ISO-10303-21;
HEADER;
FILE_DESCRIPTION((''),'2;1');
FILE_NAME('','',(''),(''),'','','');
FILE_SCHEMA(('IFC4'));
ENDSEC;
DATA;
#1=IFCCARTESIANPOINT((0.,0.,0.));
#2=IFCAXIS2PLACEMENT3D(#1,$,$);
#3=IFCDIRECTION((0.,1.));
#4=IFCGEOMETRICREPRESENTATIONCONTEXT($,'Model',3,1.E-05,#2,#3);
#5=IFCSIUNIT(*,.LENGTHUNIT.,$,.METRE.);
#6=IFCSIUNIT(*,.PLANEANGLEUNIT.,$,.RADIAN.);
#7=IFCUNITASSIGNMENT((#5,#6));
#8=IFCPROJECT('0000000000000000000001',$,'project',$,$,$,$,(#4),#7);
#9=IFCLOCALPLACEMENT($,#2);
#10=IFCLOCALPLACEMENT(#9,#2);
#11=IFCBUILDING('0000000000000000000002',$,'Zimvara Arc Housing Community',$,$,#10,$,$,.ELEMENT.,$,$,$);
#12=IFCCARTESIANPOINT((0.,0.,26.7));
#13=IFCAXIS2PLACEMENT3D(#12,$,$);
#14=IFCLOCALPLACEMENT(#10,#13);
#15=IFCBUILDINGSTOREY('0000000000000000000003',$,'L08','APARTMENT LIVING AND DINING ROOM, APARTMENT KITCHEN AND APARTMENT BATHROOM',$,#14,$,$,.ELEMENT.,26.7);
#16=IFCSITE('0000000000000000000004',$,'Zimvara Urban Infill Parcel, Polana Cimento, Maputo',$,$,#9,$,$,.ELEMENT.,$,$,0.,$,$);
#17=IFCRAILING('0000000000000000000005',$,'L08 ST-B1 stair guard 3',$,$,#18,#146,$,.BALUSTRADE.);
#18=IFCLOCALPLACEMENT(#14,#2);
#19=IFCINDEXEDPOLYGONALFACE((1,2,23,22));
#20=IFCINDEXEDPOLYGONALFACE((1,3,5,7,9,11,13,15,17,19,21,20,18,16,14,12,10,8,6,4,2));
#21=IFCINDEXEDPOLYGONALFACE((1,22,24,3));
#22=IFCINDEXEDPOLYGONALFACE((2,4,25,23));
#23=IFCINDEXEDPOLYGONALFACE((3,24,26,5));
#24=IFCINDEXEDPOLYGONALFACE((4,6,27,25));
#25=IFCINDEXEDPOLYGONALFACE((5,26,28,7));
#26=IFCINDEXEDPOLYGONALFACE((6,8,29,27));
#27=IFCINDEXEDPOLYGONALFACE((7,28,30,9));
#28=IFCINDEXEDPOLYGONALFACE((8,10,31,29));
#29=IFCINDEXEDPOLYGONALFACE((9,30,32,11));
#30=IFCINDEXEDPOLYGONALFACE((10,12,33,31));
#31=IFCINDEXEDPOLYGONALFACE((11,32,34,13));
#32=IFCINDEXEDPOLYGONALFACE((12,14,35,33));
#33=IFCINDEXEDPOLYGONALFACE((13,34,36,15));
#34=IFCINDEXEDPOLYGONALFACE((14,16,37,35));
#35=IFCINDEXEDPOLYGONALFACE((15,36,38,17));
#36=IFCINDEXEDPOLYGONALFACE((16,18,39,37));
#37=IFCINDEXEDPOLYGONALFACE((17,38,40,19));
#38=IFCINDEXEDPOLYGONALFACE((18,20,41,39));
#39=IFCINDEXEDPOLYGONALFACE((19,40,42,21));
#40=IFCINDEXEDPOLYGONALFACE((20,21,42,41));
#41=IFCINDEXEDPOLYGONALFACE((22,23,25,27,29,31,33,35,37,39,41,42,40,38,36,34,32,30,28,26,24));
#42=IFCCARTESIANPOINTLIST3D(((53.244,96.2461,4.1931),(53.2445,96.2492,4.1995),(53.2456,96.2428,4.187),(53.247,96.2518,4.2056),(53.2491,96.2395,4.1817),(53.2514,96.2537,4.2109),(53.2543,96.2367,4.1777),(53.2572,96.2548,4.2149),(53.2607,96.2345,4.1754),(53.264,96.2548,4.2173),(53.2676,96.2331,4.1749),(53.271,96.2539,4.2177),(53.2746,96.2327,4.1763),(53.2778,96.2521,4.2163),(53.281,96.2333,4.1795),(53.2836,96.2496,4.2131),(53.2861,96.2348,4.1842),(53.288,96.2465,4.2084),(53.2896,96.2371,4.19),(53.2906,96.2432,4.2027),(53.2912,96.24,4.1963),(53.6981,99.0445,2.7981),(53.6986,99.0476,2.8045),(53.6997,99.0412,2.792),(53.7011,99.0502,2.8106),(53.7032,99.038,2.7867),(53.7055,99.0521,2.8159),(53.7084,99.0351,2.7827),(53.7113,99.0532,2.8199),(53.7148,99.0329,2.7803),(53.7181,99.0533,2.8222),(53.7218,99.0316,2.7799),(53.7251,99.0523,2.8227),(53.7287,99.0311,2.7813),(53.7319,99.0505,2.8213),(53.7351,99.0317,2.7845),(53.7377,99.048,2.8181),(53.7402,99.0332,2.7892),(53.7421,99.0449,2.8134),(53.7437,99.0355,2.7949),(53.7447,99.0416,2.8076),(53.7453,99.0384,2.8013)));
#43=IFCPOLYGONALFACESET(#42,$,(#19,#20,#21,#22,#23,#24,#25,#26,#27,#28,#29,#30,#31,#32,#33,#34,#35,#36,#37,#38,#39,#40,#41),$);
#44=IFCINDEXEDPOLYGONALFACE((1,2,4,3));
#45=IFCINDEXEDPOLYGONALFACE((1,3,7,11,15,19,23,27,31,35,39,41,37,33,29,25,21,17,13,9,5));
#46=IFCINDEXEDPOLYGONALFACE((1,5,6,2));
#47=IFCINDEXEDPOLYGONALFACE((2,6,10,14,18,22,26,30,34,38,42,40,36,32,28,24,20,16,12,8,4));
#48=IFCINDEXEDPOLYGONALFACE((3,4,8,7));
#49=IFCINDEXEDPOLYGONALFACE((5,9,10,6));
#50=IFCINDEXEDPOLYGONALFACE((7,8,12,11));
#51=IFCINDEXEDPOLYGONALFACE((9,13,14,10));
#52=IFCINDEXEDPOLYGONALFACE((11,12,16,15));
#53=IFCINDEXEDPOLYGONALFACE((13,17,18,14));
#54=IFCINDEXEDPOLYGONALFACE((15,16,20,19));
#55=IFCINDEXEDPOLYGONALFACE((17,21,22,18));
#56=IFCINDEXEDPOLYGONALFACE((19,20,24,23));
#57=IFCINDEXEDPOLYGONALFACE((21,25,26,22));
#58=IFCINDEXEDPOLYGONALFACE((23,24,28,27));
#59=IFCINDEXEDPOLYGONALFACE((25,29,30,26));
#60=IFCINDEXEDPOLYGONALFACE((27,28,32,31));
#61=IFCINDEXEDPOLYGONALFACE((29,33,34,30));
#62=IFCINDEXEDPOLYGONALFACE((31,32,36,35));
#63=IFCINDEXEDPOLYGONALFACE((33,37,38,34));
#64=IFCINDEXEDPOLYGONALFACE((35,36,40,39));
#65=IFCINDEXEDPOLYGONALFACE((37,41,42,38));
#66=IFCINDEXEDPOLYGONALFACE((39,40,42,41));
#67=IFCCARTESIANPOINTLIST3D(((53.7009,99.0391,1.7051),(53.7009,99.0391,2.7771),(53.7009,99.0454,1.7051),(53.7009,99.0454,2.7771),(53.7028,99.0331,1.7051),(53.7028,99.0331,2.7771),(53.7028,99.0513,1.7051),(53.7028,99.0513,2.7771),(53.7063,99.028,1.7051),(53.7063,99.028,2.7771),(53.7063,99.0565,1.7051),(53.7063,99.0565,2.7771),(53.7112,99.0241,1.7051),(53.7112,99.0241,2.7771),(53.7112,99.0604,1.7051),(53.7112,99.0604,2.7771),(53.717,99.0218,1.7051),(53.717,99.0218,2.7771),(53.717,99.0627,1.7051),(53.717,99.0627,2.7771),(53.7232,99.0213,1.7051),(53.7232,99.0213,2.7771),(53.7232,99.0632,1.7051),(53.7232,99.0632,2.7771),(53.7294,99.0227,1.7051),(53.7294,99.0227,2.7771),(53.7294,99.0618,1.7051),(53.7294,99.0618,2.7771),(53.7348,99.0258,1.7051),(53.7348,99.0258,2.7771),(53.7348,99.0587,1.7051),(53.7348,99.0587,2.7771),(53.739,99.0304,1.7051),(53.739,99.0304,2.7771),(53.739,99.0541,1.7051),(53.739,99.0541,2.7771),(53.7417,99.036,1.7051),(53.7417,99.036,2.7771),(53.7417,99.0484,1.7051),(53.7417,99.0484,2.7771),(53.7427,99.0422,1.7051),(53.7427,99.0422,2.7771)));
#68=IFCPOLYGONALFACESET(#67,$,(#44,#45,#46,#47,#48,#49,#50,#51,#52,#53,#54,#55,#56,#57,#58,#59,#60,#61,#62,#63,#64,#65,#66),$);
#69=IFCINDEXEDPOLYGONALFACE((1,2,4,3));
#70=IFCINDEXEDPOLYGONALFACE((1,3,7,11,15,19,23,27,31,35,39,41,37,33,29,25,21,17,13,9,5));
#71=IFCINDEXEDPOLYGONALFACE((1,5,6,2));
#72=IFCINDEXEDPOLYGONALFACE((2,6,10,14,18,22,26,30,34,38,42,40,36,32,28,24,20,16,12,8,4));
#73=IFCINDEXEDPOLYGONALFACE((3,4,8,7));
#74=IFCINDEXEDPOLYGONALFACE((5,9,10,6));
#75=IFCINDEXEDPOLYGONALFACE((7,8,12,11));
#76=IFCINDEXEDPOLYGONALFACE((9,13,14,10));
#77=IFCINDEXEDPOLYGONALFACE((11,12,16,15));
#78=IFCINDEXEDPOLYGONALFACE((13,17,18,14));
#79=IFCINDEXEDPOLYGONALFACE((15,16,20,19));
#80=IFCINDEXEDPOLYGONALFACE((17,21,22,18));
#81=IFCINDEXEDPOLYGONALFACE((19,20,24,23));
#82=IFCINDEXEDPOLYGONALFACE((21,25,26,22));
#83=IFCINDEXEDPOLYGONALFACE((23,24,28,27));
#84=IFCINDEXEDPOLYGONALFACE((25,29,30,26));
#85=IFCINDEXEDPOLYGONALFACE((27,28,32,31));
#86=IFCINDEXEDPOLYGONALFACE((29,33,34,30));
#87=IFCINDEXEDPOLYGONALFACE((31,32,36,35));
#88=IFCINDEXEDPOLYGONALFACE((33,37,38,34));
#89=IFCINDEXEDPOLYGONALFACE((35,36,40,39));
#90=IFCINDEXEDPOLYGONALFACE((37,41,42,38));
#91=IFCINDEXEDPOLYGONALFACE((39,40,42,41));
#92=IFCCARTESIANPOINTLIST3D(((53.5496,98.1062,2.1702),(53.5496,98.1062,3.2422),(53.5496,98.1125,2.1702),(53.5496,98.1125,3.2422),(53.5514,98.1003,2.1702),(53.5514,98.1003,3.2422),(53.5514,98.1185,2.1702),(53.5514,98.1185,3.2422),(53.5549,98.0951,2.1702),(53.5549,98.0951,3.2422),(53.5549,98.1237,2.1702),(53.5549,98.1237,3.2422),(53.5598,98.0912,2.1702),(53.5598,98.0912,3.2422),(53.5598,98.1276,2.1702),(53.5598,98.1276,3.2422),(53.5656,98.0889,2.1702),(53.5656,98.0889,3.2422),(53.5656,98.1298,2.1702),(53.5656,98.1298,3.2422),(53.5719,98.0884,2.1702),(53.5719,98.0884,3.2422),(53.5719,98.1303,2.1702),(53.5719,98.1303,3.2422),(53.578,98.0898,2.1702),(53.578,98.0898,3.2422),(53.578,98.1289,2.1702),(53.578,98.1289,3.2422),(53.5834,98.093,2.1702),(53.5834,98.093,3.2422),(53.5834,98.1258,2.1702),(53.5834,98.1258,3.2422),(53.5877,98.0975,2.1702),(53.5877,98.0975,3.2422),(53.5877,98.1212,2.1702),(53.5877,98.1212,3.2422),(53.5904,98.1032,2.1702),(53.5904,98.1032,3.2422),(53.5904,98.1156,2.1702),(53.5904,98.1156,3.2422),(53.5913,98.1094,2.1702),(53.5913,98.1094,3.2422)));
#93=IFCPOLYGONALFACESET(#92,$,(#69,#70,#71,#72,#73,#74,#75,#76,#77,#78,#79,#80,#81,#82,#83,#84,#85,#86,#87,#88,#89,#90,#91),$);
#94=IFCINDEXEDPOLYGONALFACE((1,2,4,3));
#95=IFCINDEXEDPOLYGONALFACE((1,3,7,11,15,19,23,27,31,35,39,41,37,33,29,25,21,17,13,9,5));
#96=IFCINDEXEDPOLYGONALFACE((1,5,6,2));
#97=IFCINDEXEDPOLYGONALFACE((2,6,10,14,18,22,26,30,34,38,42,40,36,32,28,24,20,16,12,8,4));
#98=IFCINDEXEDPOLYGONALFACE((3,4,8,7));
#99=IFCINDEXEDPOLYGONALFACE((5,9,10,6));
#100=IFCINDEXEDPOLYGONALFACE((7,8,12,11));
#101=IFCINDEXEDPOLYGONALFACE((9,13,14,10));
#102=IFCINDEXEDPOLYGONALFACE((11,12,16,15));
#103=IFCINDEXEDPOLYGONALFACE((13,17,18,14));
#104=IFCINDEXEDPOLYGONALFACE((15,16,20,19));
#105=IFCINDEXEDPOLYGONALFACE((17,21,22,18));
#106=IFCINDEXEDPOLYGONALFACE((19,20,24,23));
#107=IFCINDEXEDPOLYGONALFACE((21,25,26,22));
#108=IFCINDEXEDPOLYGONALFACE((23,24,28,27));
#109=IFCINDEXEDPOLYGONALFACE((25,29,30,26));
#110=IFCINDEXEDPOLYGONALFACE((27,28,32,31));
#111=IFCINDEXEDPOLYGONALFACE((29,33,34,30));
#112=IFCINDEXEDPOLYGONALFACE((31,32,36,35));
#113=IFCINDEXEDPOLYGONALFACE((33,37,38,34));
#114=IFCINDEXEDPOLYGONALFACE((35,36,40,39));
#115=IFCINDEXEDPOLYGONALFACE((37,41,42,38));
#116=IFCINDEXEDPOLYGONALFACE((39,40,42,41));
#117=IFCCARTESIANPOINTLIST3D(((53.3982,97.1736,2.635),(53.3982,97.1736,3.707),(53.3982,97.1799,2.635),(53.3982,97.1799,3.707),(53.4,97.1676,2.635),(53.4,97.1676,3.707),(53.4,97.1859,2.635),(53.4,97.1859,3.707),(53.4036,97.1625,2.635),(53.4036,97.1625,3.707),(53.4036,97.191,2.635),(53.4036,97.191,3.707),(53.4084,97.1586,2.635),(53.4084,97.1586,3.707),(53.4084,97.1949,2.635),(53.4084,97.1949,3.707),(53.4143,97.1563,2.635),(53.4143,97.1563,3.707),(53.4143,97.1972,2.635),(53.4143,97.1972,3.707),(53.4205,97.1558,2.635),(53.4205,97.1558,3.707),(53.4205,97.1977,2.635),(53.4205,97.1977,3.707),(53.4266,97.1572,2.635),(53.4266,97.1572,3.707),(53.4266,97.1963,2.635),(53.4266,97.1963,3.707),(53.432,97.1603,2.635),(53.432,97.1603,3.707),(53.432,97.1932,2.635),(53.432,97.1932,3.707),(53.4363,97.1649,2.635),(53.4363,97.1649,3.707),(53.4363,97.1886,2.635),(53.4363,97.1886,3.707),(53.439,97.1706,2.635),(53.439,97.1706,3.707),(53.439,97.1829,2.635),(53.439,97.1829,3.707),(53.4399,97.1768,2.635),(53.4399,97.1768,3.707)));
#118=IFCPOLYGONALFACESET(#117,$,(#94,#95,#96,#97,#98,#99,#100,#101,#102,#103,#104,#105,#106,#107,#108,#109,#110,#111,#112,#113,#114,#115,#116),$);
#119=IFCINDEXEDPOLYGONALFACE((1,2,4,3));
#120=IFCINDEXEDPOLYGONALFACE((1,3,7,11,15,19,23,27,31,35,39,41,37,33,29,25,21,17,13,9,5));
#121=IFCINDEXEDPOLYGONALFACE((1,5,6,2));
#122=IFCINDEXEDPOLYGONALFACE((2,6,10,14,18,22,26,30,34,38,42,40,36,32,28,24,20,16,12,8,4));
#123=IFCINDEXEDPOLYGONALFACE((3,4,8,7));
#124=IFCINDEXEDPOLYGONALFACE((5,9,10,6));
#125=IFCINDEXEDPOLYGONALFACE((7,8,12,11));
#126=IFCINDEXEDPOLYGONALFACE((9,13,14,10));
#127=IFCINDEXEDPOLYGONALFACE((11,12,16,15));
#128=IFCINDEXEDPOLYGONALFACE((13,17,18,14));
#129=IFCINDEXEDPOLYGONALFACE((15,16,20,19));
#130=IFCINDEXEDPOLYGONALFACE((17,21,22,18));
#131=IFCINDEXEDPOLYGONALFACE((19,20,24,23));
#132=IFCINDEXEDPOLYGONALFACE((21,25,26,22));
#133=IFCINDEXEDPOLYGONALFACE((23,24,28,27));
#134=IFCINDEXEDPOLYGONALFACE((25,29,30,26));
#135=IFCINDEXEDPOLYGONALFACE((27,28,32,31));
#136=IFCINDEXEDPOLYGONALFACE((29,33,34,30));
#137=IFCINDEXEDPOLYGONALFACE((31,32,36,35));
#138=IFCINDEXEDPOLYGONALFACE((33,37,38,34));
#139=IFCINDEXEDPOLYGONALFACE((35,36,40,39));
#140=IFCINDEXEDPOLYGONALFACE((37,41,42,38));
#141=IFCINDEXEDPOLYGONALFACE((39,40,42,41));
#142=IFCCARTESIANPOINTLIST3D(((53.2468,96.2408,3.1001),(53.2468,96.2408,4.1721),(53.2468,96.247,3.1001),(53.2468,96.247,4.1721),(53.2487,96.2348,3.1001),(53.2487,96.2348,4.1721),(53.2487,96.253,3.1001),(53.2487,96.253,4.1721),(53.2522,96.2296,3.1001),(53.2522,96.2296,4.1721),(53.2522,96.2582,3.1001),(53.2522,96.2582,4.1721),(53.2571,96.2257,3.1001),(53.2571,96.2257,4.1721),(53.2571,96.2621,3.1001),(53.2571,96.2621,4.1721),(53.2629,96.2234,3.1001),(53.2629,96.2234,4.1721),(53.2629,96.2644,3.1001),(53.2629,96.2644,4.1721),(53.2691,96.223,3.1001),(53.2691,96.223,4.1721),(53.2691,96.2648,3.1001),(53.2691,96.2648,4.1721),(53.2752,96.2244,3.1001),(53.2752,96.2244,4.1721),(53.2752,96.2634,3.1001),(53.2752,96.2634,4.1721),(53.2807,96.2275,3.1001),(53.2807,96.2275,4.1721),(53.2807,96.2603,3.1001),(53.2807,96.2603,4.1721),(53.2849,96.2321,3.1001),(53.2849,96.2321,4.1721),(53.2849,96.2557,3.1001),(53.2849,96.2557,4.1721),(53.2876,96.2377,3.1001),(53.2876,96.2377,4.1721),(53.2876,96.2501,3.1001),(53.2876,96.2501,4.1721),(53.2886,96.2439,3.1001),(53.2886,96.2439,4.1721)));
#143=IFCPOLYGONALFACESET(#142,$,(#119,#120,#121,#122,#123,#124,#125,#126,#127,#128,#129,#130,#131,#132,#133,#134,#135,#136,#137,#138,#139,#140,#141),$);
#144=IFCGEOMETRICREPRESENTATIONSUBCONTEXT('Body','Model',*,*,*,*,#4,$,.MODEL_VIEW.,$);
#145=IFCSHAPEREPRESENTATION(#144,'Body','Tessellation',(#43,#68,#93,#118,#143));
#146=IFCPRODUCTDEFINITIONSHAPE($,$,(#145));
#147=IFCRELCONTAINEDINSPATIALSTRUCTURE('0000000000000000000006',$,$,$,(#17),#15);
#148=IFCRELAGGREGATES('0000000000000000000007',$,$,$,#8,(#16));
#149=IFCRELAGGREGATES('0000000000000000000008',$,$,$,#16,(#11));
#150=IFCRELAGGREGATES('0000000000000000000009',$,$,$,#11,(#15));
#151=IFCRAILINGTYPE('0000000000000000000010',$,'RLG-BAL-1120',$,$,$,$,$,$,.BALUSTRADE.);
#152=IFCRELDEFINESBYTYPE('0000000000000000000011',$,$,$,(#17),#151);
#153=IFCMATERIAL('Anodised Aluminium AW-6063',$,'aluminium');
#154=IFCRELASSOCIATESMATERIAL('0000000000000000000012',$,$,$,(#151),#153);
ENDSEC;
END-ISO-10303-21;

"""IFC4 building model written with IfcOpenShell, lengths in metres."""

from ifc_helpers import new_model, si_unit, direction, frame, origin, origin_2d, place, context, subcontext, project, spatial, circle, extrude, material, type_object, element, save


model = new_model("IFC4")

# Units and contexts
model_context = context("Model", 3, precision=1e-05, world=origin(), true_north=direction((0.0, 1.0)))
body_context = subcontext(model_context, "Body", "Model", "MODEL_VIEW")
ifc_project = project(units=[si_unit("LENGTHUNIT", "METRE"), si_unit("PLANEANGLEUNIT", "RADIAN")], contexts=[model_context])

# Site, building, storey
site_placement = place(None, origin())
site = spatial("IfcSite", under=ifc_project, at=site_placement, Name="Zimvara Urban Infill Parcel, Polana Cimento, Maputo", CompositionType="ELEMENT", RefElevation=0.0)
building_placement = place(site_placement, origin())
building = spatial("IfcBuilding", under=site, at=building_placement, Name="Zimvara Arc Housing Community", CompositionType="ELEMENT")
storey_placement = place(building_placement, frame((0.0, 0.0, 26.7)))
storey = spatial("IfcBuildingStorey", under=building, at=storey_placement, Name="L08", Description="APARTMENT LIVING AND DINING ROOM, APARTMENT KITCHEN AND APARTMENT BATHROOM", CompositionType="ELEMENT", Elevation=26.7)

# Railing
ifc_material_1 = material(Name="Anodised Aluminium AW-6063", Category="aluminium")
railing_type = type_object("IfcRailingType", Name="RLG-BAL-1120", PredefinedType="BALUSTRADE", material=ifc_material_1)
railing_1_placement = place(storey_placement, frame((53.7217, 99.0422, 1.7051)))
element("IfcRailing", 1, at=railing_1_placement, inside=storey, type_object=railing_type, Name="L08 ST-B1 stair guard 3", PredefinedType="BALUSTRADE", context=body_context, shape_type="SweptSolid", body=[
    extrude(circle(Radius=0.0239, at=origin_2d()), frame((0.0, 0.0, 1.0962), z_axis=(-0.143722, -0.885666, 0.44152), x_axis=(0.987088, -0.16018, 0.0)), (0.0, 0.0, 1.0), 3.1597),
    extrude(circle(Radius=0.021, at=origin_2d()), origin(), (0.0, 0.0, 1.0), 1.072),
    extrude(circle(Radius=0.021, at=origin_2d()), frame((-0.1514, -0.9329, 0.4651)), (0.0, 0.0, 1.0), 1.072),
    extrude(circle(Radius=0.021, at=origin_2d()), frame((-0.3027, -1.8655, 0.9299)), (0.0, 0.0, 1.0), 1.072),
    extrude(circle(Radius=0.021, at=origin_2d()), frame((-0.4541, -2.7983, 1.395)), (0.0, 0.0, 1.0), 1.072),
])

save(model, "model.ifc")
